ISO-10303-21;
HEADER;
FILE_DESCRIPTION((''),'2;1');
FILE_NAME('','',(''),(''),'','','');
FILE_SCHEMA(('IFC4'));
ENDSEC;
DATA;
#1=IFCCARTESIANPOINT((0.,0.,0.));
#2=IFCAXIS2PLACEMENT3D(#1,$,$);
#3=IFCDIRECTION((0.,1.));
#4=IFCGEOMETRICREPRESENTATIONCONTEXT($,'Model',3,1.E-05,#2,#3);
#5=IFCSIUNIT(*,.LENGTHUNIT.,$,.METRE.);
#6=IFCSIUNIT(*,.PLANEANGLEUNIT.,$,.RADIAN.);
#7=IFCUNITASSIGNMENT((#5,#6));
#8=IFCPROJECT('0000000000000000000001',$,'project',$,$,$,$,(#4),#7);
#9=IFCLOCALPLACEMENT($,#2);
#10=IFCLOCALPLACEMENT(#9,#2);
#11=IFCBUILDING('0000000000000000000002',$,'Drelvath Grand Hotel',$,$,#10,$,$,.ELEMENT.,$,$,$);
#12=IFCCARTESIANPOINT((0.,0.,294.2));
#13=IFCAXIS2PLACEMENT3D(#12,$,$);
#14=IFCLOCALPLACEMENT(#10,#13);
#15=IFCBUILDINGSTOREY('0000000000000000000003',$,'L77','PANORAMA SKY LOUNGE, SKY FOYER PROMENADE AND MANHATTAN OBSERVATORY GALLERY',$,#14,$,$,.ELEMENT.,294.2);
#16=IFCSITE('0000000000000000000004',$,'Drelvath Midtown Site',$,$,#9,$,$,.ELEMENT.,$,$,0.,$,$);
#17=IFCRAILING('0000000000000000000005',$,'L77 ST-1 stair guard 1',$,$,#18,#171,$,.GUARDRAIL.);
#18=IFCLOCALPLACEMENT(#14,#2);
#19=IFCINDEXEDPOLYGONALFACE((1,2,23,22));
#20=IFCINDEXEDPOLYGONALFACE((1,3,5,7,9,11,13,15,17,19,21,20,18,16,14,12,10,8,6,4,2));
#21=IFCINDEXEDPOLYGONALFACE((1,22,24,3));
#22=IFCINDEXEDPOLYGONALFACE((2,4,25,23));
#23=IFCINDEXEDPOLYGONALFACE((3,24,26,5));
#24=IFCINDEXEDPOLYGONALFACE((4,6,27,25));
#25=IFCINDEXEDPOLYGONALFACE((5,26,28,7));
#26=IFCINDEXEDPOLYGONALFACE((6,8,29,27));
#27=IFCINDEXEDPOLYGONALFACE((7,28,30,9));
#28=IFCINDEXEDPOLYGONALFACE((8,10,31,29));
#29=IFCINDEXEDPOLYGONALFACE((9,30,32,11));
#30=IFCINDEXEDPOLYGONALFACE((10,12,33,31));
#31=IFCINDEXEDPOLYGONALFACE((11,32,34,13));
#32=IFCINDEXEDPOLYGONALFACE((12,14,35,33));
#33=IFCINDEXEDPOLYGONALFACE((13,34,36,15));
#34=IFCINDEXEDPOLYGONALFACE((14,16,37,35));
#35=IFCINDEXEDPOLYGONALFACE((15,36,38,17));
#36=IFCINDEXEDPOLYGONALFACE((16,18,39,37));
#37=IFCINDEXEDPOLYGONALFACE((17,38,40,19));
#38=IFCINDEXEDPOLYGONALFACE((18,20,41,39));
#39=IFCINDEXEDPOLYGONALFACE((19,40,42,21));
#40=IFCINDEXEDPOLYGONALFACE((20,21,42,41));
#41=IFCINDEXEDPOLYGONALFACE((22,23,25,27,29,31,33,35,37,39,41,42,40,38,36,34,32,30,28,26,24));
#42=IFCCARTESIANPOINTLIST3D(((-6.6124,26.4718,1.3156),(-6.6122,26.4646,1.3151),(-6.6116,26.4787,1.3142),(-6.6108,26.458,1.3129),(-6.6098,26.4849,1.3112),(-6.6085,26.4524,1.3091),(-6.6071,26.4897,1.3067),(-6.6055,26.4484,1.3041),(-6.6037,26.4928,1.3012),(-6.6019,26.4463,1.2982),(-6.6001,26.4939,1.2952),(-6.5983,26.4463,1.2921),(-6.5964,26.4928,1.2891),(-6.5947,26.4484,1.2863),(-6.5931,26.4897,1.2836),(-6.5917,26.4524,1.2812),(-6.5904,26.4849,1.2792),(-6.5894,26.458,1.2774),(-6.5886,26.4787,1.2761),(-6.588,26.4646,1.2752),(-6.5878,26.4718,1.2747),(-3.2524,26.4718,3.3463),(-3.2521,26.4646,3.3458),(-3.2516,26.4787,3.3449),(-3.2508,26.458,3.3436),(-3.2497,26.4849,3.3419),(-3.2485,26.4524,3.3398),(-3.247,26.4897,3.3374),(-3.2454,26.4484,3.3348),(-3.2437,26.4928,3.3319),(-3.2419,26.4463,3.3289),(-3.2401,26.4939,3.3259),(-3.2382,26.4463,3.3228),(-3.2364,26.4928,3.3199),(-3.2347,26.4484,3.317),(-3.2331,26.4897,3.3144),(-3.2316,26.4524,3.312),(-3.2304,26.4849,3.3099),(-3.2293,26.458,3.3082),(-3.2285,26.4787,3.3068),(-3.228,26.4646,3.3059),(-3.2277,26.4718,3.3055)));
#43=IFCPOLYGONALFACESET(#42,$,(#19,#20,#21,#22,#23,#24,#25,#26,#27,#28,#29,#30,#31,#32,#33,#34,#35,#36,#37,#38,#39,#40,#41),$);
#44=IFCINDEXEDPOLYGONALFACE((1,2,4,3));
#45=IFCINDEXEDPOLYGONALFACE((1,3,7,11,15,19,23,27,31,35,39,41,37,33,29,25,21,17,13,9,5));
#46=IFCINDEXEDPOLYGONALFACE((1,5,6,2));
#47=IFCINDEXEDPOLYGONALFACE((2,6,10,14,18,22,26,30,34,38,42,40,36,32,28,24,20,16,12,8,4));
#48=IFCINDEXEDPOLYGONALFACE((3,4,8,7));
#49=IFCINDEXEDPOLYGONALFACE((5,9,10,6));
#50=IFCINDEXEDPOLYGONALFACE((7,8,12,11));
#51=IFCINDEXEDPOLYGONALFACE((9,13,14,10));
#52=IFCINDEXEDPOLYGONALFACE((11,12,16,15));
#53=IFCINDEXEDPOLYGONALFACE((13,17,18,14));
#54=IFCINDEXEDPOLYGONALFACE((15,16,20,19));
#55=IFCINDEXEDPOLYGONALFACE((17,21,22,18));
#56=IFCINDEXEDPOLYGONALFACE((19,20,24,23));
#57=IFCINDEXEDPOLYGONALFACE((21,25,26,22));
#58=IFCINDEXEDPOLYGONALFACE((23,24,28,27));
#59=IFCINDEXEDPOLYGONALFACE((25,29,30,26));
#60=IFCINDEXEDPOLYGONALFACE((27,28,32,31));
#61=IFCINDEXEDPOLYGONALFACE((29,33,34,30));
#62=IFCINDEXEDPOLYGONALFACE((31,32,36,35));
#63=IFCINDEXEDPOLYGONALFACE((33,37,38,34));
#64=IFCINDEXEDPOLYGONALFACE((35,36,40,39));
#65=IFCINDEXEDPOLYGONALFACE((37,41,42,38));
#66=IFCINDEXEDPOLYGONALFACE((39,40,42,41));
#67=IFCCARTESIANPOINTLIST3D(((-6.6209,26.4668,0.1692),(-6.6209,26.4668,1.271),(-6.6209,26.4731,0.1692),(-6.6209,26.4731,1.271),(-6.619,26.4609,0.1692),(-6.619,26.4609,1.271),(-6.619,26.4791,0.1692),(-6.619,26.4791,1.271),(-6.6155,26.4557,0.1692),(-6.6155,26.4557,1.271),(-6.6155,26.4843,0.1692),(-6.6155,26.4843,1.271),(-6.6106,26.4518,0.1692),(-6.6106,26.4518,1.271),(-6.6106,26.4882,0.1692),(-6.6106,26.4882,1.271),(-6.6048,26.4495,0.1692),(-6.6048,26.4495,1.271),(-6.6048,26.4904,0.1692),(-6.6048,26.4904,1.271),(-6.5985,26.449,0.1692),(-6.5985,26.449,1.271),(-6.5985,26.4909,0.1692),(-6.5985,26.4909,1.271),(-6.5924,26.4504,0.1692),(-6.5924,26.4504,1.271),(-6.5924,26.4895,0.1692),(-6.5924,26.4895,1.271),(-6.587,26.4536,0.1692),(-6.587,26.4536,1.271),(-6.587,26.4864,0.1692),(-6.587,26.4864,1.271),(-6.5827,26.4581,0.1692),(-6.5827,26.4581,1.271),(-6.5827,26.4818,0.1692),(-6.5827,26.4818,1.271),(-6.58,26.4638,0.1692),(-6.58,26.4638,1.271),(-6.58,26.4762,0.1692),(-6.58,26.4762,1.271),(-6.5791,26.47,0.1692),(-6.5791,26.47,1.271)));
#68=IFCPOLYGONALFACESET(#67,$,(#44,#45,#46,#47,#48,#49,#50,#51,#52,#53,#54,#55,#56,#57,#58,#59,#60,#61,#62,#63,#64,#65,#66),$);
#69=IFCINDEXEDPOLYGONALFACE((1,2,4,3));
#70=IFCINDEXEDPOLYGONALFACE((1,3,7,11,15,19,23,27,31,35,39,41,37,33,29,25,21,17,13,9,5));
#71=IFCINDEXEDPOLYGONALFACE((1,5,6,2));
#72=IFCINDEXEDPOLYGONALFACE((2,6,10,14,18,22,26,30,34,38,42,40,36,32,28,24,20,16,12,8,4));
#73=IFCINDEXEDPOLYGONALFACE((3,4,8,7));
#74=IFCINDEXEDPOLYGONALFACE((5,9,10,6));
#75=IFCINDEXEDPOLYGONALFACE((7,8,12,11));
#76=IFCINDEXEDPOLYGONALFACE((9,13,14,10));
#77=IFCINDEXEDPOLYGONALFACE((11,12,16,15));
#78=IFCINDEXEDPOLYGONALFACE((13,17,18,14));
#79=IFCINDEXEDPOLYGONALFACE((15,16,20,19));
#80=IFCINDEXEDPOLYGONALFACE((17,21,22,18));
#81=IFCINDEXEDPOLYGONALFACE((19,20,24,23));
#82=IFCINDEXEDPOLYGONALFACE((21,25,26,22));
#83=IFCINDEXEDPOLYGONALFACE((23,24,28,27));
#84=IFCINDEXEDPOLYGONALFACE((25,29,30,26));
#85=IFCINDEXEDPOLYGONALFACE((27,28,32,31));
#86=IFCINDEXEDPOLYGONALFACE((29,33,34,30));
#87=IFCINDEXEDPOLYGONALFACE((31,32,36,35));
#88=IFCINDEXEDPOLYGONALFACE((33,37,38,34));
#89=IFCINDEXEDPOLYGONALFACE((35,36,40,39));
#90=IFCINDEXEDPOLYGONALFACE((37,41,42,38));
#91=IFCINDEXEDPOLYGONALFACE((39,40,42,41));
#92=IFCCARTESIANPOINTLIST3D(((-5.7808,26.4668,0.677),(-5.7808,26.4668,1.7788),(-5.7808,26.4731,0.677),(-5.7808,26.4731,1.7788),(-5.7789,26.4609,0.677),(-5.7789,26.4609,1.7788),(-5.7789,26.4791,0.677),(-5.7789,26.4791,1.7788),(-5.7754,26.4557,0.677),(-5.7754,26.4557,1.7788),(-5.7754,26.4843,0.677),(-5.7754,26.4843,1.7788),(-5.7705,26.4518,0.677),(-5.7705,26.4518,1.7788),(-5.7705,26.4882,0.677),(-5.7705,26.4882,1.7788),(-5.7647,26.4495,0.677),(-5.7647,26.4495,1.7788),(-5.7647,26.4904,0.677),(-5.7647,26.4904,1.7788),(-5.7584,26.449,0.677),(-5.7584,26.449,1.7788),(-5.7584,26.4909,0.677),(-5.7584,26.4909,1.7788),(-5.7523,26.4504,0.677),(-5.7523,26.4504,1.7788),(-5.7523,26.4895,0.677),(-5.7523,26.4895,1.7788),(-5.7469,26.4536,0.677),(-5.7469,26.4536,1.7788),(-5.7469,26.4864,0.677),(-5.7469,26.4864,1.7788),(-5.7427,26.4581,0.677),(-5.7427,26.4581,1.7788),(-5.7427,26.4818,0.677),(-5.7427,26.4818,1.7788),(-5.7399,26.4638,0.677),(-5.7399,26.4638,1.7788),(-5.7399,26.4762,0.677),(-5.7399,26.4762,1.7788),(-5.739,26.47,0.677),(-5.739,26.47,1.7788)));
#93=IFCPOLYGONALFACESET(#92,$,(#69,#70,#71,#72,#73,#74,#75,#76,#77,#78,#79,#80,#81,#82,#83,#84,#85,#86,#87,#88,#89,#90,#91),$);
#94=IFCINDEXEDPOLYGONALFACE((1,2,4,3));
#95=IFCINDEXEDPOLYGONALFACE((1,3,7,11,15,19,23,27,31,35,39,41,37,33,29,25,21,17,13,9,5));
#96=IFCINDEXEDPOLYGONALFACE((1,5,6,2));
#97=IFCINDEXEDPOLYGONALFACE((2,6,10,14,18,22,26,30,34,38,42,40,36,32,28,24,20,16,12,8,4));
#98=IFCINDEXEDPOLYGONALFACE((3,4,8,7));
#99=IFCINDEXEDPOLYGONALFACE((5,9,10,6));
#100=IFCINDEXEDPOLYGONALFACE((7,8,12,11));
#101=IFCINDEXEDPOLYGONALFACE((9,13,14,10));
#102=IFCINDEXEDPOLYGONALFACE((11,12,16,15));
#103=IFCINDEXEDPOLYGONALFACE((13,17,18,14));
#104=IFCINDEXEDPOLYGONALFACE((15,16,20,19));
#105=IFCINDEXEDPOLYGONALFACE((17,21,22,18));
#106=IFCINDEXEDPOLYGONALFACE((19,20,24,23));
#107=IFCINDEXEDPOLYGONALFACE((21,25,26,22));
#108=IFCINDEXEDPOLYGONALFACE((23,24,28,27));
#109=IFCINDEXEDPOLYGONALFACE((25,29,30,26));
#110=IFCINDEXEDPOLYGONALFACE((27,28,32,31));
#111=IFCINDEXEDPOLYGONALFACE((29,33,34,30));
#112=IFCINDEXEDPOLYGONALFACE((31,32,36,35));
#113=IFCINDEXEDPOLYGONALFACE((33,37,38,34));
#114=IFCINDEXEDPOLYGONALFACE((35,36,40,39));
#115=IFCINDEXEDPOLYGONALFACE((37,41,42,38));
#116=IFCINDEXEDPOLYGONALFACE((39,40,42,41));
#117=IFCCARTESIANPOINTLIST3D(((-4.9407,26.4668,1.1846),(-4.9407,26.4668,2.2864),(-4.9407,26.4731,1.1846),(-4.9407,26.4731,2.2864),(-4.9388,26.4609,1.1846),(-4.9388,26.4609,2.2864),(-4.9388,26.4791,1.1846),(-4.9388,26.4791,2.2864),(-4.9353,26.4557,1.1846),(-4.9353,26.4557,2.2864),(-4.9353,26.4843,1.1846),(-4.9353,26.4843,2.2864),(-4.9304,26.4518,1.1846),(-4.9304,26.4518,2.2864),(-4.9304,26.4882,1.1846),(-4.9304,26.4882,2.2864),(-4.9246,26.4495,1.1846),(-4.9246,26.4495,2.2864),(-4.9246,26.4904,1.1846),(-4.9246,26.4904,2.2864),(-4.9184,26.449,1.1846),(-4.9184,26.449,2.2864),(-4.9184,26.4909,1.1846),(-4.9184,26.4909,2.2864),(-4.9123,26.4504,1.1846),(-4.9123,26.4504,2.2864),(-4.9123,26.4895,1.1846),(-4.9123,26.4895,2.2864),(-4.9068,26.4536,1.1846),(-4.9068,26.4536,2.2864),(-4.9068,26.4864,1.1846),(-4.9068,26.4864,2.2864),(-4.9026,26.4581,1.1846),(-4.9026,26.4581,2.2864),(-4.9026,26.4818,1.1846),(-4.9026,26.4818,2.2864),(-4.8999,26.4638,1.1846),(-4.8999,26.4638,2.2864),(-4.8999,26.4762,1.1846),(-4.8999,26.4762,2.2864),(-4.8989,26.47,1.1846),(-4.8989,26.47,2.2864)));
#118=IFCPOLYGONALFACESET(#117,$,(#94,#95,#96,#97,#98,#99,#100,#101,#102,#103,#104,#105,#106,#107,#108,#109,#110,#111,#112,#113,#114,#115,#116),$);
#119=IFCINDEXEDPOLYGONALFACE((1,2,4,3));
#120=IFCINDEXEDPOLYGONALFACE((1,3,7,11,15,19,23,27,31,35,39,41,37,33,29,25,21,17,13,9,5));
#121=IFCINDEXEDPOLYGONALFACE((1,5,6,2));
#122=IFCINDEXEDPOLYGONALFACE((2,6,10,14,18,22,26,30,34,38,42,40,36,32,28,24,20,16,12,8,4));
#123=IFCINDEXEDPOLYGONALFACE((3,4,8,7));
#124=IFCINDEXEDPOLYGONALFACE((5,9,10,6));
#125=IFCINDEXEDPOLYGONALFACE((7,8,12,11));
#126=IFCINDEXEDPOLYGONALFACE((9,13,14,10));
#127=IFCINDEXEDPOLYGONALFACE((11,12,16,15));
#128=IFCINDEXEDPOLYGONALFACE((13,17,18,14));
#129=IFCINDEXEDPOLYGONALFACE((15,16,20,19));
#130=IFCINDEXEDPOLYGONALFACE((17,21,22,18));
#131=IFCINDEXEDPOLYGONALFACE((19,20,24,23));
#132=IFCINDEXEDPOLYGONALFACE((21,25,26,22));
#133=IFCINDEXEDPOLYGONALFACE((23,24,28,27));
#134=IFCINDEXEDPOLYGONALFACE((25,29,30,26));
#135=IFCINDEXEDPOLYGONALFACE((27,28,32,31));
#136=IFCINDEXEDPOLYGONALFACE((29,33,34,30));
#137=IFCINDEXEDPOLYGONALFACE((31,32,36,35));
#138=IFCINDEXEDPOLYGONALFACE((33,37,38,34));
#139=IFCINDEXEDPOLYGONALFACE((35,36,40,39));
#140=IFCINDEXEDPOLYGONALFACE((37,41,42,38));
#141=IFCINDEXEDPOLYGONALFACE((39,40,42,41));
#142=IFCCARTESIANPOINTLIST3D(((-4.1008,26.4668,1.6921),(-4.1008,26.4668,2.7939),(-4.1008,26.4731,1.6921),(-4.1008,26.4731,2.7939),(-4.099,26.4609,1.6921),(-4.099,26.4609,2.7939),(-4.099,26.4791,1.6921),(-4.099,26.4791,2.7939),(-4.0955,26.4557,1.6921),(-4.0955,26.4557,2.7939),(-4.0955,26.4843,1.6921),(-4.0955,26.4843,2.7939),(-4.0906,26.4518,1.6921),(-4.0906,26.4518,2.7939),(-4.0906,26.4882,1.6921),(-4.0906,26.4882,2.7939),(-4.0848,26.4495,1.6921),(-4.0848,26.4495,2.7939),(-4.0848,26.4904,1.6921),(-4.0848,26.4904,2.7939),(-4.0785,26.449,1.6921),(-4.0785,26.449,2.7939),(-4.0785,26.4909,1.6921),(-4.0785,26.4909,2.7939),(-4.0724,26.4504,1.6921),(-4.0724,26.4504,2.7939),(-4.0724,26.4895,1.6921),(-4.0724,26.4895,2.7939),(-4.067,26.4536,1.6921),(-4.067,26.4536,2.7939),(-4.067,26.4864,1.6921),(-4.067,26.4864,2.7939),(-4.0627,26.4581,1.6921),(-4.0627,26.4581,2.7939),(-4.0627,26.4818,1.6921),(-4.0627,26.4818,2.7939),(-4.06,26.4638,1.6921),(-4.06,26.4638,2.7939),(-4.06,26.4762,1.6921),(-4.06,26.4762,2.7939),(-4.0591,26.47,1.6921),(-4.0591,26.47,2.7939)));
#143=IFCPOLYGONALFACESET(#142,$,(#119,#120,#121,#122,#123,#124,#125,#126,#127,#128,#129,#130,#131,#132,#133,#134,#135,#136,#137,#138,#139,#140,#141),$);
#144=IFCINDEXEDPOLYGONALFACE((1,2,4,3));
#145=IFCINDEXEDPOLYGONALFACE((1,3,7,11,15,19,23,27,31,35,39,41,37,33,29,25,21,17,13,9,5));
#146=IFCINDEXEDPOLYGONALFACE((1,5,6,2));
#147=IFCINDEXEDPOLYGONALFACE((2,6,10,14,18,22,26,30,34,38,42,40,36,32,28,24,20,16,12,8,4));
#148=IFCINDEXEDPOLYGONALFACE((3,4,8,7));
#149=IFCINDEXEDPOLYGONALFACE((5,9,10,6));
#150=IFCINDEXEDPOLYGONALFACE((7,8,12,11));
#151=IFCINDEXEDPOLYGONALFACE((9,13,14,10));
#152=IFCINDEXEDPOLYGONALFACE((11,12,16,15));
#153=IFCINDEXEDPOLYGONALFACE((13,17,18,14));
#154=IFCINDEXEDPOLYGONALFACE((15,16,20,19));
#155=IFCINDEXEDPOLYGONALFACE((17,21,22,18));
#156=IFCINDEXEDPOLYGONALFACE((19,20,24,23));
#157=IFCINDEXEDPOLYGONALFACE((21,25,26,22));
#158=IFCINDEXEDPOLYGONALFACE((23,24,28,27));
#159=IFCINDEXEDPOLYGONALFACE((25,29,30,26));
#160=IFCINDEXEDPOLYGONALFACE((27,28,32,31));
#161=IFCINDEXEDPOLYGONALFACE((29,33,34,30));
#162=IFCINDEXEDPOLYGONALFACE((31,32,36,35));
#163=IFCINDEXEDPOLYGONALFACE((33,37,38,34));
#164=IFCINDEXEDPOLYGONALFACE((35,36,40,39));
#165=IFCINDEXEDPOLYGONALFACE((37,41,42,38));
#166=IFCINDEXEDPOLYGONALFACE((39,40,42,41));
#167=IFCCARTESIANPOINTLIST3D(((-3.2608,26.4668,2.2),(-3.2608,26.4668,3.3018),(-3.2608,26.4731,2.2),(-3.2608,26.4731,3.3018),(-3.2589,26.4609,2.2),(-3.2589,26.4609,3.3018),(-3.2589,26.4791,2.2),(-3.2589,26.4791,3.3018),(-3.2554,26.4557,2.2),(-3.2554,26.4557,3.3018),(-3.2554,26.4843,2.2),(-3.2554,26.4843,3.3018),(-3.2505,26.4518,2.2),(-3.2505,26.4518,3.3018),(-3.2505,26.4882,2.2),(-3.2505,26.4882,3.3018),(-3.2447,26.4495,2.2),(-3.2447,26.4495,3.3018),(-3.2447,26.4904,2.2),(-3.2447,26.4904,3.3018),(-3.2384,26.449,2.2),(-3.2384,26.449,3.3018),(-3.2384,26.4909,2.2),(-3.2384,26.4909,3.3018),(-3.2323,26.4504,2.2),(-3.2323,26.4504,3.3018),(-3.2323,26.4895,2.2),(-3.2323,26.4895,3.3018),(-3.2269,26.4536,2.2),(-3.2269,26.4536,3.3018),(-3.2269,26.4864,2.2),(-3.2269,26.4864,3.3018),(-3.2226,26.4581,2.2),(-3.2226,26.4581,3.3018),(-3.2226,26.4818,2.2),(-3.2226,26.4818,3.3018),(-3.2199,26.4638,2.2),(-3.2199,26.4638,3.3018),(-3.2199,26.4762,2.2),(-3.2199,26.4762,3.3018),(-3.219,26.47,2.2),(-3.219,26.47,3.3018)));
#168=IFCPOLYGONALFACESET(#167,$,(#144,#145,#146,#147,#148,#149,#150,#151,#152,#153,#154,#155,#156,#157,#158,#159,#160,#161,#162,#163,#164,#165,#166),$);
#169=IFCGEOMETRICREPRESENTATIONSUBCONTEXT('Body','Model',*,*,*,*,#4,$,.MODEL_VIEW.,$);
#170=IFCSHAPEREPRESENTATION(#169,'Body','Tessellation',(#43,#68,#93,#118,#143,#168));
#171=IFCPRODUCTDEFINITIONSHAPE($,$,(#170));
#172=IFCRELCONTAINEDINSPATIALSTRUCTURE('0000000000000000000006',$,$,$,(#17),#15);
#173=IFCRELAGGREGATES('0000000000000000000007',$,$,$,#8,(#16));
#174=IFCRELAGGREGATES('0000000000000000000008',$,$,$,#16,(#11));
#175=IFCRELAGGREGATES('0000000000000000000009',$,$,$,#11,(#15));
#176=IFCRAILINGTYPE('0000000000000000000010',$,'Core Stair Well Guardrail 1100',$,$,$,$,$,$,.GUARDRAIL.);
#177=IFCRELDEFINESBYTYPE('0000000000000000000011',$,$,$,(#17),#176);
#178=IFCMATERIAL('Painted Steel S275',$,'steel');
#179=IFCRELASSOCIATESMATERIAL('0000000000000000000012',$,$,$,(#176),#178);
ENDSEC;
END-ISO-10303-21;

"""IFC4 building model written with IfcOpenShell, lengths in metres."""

from ifc_helpers import new_model, si_unit, direction, frame, origin, origin_2d, place, context, subcontext, project, spatial, circle, extrude, material, type_object, element, save


model = new_model("IFC4")

# Units and contexts
model_context = context("Model", 3, precision=1e-05, world=origin(), true_north=direction((0.0, 1.0)))
body_context = subcontext(model_context, "Body", "Model", "MODEL_VIEW")
ifc_project = project(units=[si_unit("LENGTHUNIT", "METRE"), si_unit("PLANEANGLEUNIT", "RADIAN")], contexts=[model_context])

# Site, building, storey
site_placement = place(None, origin())
site = spatial("IfcSite", under=ifc_project, at=site_placement, Name="Drelvath Midtown Site", CompositionType="ELEMENT", RefElevation=0.0)
building_placement = place(site_placement, origin())
building = spatial("IfcBuilding", under=site, at=building_placement, Name="Drelvath Grand Hotel", CompositionType="ELEMENT")
storey_placement = place(building_placement, frame((0.0, 0.0, 294.2)))
storey = spatial("IfcBuildingStorey", under=building, at=storey_placement, Name="L77", Description="PANORAMA SKY LOUNGE, SKY FOYER PROMENADE AND MANHATTAN OBSERVATORY GALLERY", CompositionType="ELEMENT", Elevation=294.2)

# Shared definitions
ifc_material_1 = material(Name="Painted Steel S275", Category="steel")

# Railing
railing_type_1 = type_object("IfcRailingType", Name="Core Stair Well Guardrail 1100", PredefinedType="GUARDRAIL", material=ifc_material_1)
railing_1_placement = place(storey_placement, frame((-6.6001, 26.47, 0.1692)))
element("IfcRailing", 1, at=railing_1_placement, inside=storey, type_object=railing_type_1, Name="L77 ST-1 stair guard 1", PredefinedType="GUARDRAIL", context=body_context, shape_type="SweptSolid", body=[
    extrude(circle(Radius=0.0239, at=origin_2d()), frame((0.0, 0.0, 1.126), z_axis=(0.855837, 0.0, 0.517246), x_axis=(0.0, 1.0, 0.0)), (0.0, 0.0, 1.0), 3.926),
    extrude(circle(Radius=0.021, at=origin_2d()), origin(), (0.0, 0.0, 1.0), 1.1018),
    extrude(circle(Radius=0.021, at=origin_2d()), frame((0.8401, 0.0, 0.5078)), (0.0, 0.0, 1.0), 1.1018),
    extrude(circle(Radius=0.021, at=origin_2d()), frame((1.6802, 0.0, 1.0154)), (0.0, 0.0, 1.0), 1.1018),
    extrude(circle(Radius=0.021, at=origin_2d()), frame((2.52, 0.0, 1.5229)), (0.0, 0.0, 1.0), 1.1018),
    extrude(circle(Radius=0.021, at=origin_2d()), frame((3.3601, 0.0, 2.0308)), (0.0, 0.0, 1.0), 1.1018),
])

save(model, "model.ifc")
